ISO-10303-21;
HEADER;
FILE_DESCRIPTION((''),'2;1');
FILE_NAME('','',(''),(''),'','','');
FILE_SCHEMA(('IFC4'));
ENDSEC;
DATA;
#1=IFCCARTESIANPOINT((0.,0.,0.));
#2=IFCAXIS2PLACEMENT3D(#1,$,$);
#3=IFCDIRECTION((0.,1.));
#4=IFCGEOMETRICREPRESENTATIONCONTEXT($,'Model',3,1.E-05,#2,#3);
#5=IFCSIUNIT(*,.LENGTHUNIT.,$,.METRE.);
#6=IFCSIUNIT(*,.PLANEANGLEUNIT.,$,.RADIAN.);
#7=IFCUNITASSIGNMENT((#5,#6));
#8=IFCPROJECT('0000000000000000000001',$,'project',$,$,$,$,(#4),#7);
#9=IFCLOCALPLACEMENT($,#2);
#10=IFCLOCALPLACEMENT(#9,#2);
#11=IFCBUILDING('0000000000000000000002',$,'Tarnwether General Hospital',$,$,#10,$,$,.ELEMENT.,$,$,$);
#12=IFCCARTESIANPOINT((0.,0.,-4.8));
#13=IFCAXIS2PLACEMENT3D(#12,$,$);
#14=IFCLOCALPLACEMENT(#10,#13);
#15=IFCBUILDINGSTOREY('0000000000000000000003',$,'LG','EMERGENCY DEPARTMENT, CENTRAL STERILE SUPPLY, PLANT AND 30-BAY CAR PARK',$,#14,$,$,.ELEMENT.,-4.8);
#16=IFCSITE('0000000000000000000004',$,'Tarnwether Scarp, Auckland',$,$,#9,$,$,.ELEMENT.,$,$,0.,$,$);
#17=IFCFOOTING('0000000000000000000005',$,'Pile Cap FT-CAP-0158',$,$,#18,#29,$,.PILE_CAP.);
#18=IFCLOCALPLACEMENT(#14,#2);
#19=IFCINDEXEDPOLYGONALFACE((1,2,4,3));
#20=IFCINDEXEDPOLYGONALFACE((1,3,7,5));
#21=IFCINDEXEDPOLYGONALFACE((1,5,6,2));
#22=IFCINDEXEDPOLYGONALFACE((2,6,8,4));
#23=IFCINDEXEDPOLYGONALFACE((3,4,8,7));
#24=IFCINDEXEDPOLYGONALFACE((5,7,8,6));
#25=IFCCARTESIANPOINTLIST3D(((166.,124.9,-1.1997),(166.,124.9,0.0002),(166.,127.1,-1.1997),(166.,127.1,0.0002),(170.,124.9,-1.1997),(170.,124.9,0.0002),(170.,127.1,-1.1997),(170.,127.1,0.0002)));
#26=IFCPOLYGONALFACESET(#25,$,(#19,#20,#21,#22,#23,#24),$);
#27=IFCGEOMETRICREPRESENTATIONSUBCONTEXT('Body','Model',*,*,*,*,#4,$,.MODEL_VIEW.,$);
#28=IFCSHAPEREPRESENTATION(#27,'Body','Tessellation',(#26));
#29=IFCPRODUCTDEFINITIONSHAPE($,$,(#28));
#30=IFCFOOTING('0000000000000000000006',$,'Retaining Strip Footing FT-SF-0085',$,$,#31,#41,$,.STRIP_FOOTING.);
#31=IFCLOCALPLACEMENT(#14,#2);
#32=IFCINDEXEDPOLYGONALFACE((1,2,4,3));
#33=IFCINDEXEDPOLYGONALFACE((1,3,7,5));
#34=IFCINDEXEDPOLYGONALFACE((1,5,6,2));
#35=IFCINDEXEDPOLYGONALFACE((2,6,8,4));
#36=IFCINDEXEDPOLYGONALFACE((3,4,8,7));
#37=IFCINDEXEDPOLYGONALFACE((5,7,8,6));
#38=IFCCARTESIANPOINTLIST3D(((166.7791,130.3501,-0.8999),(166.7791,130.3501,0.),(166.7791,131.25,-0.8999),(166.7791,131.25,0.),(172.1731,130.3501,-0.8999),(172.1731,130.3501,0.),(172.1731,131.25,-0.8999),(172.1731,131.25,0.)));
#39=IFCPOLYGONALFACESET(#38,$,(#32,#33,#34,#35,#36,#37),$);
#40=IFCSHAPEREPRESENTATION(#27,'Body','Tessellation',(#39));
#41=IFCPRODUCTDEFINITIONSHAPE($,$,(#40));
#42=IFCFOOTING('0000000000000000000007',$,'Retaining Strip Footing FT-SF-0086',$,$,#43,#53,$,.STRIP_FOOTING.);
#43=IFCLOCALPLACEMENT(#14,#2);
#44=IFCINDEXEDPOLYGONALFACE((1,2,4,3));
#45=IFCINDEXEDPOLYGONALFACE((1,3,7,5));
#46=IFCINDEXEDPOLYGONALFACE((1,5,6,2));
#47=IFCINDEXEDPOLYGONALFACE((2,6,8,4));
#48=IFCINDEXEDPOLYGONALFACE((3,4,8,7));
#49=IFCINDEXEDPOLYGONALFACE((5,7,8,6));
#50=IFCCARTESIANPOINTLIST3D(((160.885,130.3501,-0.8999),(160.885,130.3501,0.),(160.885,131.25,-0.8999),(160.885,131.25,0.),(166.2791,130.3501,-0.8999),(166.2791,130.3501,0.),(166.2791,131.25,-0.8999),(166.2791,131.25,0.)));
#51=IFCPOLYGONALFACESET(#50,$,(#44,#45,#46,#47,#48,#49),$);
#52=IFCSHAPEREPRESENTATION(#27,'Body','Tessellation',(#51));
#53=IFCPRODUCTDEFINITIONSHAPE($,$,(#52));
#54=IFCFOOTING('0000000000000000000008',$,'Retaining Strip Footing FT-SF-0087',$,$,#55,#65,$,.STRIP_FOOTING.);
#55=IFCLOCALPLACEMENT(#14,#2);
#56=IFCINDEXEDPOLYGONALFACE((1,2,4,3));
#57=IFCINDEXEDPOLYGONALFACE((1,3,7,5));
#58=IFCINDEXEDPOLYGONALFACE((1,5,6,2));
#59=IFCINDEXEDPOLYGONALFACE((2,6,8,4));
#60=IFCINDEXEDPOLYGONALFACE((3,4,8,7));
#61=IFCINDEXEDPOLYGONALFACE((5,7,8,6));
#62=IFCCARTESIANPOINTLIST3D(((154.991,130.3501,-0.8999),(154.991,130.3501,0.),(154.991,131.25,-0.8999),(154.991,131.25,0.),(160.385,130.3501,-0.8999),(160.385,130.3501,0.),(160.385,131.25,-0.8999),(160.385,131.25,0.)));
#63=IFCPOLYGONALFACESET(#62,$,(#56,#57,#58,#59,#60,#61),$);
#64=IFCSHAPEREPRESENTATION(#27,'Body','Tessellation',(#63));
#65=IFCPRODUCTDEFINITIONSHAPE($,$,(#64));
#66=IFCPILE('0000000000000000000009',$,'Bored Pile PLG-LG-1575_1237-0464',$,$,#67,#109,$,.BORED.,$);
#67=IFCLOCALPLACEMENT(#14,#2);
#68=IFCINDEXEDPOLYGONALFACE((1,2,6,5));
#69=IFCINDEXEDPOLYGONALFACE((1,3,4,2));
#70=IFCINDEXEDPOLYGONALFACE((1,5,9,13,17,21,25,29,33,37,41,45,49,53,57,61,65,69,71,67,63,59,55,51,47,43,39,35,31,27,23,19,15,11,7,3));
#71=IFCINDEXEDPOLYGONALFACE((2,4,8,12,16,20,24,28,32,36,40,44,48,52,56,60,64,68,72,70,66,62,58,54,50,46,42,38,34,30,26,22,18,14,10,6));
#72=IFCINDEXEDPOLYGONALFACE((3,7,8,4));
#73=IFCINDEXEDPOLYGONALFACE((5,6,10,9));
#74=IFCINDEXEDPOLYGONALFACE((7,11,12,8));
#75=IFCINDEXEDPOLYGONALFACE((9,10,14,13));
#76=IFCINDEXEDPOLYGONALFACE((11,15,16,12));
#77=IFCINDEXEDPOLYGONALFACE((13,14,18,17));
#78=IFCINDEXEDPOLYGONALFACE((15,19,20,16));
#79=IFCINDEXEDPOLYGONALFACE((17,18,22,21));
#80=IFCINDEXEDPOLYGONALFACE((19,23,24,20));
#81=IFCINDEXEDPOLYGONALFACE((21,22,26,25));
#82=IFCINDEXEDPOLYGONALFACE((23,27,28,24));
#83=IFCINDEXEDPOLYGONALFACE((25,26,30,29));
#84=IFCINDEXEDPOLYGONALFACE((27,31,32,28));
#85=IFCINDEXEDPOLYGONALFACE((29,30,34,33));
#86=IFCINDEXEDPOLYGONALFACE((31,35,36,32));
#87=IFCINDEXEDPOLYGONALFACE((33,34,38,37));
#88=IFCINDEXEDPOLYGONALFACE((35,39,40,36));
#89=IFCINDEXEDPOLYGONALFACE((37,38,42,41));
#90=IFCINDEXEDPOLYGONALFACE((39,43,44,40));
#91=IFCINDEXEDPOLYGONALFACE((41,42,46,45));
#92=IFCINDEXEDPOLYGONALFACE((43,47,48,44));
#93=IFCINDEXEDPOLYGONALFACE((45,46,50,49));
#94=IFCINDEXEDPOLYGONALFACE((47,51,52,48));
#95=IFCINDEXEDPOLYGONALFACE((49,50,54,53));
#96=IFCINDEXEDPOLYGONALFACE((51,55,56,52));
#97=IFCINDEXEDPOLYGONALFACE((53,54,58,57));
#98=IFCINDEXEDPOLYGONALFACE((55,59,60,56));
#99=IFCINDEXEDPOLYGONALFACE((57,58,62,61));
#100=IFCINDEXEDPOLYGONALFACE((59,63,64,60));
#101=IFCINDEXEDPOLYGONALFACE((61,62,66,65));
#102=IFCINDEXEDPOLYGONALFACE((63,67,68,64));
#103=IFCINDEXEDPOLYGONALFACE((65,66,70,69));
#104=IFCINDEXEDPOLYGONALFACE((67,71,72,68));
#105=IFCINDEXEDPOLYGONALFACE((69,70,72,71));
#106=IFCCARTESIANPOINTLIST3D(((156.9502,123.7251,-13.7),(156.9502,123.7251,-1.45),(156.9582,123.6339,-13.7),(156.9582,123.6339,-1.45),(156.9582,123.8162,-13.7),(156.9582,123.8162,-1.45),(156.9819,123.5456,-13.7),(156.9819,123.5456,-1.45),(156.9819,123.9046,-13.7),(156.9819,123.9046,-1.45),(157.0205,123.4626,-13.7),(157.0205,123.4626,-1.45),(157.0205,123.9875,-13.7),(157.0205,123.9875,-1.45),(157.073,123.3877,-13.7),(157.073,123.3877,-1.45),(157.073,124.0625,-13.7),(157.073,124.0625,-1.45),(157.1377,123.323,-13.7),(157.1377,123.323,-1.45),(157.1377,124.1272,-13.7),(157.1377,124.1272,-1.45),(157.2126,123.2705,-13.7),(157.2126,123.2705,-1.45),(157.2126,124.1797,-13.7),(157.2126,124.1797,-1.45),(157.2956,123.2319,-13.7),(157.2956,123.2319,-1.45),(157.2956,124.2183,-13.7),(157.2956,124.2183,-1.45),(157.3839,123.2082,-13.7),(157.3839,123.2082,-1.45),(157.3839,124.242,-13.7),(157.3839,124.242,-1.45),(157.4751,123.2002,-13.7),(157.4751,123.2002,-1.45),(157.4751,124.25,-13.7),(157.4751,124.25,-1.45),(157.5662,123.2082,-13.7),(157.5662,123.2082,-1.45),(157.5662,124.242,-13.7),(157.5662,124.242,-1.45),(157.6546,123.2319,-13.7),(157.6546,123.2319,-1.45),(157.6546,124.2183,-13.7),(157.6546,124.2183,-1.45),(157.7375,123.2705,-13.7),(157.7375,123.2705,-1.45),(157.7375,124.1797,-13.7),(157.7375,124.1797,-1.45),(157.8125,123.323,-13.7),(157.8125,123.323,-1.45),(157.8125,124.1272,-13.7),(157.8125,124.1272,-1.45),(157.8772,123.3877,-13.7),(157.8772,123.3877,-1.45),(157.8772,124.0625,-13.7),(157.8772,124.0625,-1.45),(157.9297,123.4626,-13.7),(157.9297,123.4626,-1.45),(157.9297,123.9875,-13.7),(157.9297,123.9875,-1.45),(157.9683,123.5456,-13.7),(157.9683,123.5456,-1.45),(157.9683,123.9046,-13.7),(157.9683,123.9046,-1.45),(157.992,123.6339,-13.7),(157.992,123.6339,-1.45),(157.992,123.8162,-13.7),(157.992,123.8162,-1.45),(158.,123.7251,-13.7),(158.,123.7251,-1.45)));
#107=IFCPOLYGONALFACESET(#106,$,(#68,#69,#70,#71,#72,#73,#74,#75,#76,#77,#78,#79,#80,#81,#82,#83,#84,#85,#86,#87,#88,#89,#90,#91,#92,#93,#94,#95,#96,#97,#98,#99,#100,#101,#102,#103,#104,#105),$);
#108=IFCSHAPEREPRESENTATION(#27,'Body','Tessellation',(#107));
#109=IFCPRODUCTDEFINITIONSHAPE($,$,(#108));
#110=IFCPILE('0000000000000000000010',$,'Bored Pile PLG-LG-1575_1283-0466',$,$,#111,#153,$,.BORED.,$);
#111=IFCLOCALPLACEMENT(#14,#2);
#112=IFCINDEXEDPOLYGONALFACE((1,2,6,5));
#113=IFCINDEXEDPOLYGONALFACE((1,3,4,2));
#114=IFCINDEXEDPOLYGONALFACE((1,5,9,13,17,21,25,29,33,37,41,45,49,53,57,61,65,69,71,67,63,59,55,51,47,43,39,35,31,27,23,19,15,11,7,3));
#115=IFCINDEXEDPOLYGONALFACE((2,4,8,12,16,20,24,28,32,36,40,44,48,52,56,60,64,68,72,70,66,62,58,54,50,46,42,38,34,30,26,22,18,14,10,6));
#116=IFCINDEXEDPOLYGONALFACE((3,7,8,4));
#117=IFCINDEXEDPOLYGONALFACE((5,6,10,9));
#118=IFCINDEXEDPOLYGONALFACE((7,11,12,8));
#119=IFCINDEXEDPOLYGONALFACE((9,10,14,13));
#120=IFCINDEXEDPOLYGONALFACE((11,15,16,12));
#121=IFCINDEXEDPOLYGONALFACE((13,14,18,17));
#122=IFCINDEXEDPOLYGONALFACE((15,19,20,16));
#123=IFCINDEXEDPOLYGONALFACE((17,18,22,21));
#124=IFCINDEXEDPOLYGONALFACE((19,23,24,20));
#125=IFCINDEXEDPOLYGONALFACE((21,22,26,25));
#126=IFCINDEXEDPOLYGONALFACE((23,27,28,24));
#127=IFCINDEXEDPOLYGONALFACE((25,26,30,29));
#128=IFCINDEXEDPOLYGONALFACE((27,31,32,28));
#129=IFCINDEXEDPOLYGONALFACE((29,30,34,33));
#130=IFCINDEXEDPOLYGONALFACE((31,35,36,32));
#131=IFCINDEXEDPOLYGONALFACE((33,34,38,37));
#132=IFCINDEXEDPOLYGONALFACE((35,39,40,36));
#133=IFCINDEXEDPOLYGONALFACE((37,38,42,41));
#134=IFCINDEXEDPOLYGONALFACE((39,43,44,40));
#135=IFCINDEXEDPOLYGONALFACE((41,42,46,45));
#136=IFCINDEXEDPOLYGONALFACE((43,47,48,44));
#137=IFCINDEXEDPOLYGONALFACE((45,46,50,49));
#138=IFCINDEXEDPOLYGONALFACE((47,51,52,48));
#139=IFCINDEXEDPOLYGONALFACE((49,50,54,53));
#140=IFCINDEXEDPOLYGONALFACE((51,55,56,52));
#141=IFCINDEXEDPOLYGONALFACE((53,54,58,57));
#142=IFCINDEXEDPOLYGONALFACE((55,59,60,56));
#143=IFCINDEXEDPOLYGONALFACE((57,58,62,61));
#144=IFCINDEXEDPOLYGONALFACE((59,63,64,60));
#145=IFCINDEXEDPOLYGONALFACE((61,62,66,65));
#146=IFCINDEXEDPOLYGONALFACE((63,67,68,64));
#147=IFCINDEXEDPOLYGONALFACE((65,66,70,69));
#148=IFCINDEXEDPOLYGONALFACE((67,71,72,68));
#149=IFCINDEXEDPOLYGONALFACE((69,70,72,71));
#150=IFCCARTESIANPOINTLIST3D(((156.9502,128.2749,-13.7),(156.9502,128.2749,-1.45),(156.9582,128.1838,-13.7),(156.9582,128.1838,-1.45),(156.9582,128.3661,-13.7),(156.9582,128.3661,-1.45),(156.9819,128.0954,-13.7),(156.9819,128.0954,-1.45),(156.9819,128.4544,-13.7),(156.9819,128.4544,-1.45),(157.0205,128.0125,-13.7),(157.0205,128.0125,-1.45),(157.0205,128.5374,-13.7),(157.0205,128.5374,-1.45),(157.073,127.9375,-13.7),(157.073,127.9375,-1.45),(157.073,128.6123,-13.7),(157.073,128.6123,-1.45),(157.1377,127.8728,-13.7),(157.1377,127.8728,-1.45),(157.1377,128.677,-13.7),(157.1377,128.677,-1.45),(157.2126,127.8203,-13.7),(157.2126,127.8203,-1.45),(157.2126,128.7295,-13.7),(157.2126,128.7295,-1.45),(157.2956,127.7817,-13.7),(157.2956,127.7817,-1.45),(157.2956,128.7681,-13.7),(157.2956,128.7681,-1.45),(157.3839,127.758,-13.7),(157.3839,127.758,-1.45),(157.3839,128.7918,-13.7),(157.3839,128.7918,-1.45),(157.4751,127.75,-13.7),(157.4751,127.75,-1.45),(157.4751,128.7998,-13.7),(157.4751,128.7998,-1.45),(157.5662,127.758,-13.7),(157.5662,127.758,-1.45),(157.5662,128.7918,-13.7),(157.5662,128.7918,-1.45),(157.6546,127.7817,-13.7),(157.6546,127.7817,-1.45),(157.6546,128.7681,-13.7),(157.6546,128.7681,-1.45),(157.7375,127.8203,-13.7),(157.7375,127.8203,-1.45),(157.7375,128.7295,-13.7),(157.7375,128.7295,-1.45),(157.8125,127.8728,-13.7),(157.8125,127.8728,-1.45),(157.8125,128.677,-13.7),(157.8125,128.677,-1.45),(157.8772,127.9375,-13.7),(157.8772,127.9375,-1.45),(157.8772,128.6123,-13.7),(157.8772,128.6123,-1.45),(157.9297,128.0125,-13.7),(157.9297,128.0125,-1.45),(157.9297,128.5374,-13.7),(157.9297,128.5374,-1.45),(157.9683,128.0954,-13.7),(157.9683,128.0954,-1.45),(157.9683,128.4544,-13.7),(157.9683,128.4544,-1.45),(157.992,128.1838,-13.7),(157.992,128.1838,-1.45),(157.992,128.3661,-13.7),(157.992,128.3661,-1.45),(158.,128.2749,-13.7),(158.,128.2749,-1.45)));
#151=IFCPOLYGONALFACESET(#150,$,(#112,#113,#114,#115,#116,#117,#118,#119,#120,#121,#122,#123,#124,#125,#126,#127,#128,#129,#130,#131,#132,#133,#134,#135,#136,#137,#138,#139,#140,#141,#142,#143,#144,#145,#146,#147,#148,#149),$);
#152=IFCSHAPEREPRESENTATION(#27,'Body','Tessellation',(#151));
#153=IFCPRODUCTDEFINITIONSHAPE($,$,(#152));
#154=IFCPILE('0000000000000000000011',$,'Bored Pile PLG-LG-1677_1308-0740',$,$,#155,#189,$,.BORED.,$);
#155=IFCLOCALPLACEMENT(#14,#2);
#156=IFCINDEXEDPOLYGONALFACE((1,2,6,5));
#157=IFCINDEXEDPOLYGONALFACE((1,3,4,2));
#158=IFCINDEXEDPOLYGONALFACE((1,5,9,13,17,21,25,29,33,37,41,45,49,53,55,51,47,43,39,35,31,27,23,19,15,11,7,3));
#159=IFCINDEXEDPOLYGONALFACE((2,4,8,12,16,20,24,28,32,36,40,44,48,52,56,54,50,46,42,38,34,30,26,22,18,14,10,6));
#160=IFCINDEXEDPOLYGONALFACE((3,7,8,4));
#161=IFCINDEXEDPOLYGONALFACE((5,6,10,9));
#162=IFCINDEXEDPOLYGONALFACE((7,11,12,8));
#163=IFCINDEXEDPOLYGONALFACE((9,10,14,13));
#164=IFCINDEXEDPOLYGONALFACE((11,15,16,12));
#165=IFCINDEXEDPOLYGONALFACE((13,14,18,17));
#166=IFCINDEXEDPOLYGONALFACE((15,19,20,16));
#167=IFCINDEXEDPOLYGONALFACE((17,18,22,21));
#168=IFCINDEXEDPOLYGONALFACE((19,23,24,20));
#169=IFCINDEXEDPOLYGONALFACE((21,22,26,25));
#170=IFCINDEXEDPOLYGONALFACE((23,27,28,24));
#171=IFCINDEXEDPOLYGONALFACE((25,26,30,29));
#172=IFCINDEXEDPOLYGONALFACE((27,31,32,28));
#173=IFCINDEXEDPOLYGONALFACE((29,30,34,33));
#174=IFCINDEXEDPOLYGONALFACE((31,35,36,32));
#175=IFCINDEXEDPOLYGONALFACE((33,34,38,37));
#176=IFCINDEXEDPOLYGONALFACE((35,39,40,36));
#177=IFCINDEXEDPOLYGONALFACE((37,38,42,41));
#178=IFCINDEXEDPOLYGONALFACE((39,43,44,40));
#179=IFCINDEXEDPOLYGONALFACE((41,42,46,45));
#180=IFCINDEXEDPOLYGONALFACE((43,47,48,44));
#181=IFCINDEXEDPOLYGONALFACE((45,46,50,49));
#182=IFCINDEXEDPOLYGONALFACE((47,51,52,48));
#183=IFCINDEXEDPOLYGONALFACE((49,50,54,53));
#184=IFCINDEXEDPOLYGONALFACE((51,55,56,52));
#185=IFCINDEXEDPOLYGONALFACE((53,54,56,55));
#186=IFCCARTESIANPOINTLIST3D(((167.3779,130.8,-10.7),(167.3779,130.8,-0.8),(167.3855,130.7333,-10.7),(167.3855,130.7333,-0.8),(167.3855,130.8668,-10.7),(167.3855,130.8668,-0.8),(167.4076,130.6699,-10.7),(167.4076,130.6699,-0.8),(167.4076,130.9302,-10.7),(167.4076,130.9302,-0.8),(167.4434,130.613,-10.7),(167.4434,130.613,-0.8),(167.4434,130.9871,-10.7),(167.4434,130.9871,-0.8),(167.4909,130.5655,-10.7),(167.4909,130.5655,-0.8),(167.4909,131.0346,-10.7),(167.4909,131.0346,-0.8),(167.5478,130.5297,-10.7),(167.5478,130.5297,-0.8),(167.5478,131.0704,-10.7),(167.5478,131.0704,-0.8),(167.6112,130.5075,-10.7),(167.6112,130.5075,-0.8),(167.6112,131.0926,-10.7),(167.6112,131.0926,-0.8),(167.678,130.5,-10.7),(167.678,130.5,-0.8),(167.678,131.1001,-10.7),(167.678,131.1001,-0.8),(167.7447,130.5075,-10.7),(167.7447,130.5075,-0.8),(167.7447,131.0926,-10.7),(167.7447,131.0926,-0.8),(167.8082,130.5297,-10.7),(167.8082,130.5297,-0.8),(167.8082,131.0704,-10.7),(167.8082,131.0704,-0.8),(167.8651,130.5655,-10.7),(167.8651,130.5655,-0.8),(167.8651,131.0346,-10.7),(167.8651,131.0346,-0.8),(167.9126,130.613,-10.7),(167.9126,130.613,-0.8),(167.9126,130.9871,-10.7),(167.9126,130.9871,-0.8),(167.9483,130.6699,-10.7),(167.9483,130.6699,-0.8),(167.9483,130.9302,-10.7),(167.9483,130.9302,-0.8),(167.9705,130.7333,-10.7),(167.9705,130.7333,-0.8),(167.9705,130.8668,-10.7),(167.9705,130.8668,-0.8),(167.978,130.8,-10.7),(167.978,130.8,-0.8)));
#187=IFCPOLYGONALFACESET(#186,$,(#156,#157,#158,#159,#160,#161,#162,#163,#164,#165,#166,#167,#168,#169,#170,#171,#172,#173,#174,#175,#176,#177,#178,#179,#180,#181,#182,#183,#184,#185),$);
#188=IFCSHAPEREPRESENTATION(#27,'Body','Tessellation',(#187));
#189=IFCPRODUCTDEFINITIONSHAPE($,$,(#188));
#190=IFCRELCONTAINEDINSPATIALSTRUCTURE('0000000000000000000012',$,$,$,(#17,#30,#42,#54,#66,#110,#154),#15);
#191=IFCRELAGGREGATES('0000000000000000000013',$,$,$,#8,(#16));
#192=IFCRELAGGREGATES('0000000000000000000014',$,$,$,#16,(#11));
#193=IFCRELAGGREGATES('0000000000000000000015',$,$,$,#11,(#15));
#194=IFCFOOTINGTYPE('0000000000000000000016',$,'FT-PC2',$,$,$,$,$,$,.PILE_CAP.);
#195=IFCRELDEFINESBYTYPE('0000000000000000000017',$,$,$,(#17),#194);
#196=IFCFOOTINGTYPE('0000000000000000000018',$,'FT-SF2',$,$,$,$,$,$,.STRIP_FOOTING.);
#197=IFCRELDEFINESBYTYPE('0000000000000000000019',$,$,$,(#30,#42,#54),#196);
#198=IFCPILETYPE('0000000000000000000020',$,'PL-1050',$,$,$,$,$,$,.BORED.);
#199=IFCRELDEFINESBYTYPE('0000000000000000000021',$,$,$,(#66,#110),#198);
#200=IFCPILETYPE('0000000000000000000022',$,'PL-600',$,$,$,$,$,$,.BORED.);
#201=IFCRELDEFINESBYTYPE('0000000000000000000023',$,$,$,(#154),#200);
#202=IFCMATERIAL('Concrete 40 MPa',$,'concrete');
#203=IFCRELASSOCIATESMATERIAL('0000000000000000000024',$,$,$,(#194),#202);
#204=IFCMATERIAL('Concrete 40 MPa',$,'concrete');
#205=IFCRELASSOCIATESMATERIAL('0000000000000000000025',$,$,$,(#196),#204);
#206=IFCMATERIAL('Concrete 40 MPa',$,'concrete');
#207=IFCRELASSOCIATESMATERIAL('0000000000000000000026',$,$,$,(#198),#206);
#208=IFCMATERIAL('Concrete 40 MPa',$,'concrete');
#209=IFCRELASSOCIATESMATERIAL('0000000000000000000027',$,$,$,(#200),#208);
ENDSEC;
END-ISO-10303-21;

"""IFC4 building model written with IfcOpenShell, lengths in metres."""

from ifc_helpers import new_model, si_unit, direction, frame, origin, origin_2d, place, context, subcontext, project, spatial, rectangle, circle, extrude, material, material_profile, profile_set, type_object, element, save


model = new_model("IFC4")

# Units and contexts
model_context = context("Model", 3, precision=1e-05, world=origin(), true_north=direction((0.0, 1.0)))
body_context = subcontext(model_context, "Body", "Model", "MODEL_VIEW")
ifc_project = project(units=[si_unit("LENGTHUNIT", "METRE"), si_unit("PLANEANGLEUNIT", "RADIAN")], contexts=[model_context])

# Site, building, storey
site_placement = place(None, origin())
site = spatial("IfcSite", under=ifc_project, at=site_placement, Name="Tarnwether Scarp, Auckland", CompositionType="ELEMENT", RefElevation=0.0)
building_placement = place(site_placement, origin())
building = spatial("IfcBuilding", under=site, at=building_placement, Name="Tarnwether General Hospital", CompositionType="ELEMENT")
storey_placement = place(building_placement, frame((0.0, 0.0, -4.8)))
storey = spatial("IfcBuildingStorey", under=building, at=storey_placement, Name="LG", Description="EMERGENCY DEPARTMENT, CENTRAL STERILE SUPPLY, PLANT AND 30-BAY CAR PARK", CompositionType="ELEMENT", Elevation=-4.8)

# Footings
ifc_material_1 = material(Name="Concrete 40 MPa", Category="concrete")
footing_type_1 = type_object("IfcFootingType", Name="FT-PC2", PredefinedType="PILE_CAP", material=ifc_material_1)
footing_placement = place(storey_placement, frame((168.0, 126.0, -1.1997), z_axis=(0.0, 0.0, 1.0), x_axis=(1.0, 0.0, 0.0)))
element("IfcFooting", 1, at=footing_placement, inside=storey, type_object=footing_type_1, Name="Pile Cap FT-CAP-0158", PredefinedType="PILE_CAP", context=body_context, shape_type="SweptSolid", body=[
    extrude(rectangle(XDim=4.0, YDim=2.2, at=origin_2d()), origin(), (0.0, 0.0, 1.0), 1.2),
])
ifc_material_2 = material(Name="Concrete 40 MPa", Category="concrete")
footing_type_2 = type_object("IfcFootingType", Name="FT-SF2", PredefinedType="STRIP_FOOTING", material=ifc_material_2)
for number, where, z_axis, x_axis, name in (
    (2, (169.4761, 130.8, -0.8999), (0.0, 0.0, 1.0), (-1.0, 0.0, 0.0), "Retaining Strip Footing FT-SF-0085"),
    (3, (163.582, 130.8, -0.8999), (0.0, 0.0, 1.0), (-1.0, 0.0, 0.0), "Retaining Strip Footing FT-SF-0086"),
    (4, (157.688, 130.8, -0.8999), (0.0, 0.0, 1.0), (-1.0, 0.0, 0.0), "Retaining Strip Footing FT-SF-0087"),
):
    element("IfcFooting", number, at=place(storey_placement, frame(where, z_axis=z_axis, x_axis=x_axis)), inside=storey, type_object=footing_type_2, Name=name, PredefinedType="STRIP_FOOTING", context=body_context, shape_type="SweptSolid", body=[
        extrude(rectangle(XDim=5.394, YDim=0.8999, at=origin_2d()), origin(), (0.0, 0.0, 1.0), 0.8999),
    ])

# Piles
ifc_material_3 = material(Name="Concrete 40 MPa", Category="concrete")
ifc_material_profile_1 = material_profile(ifc_material_3, circle(Radius=0.5249, at=origin_2d()), Name="PILE-D1050")
ifc_profile_set_1 = profile_set([ifc_material_profile_1], Name="Concrete 40 MPa")
pile_type_1 = type_object("IfcPileType", Name="PL-1050", PredefinedType="BORED", material=ifc_profile_set_1)
for number, where, z_axis, x_axis, name in (
    (5, (157.4751, 123.7251, -1.45), (0.0, 0.0, -1.0), (1.0, 0.0, 0.0), "Bored Pile PLG-LG-1575_1237-0464"),
    (6, (157.4751, 128.2749, -1.45), (0.0, 0.0, -1.0), (1.0, 0.0, 0.0), "Bored Pile PLG-LG-1575_1283-0466"),
):
    element("IfcPile", number, at=place(storey_placement, frame(where, z_axis=z_axis, x_axis=x_axis)), inside=storey, type_object=pile_type_1, Name=name, PredefinedType="BORED", context=body_context, shape_type="SweptSolid", body=[
        extrude(circle(Radius=0.5249, at=origin_2d()), origin(), (0.0, 0.0, 1.0), 12.25),
    ])
ifc_material_4 = material(Name="Concrete 40 MPa", Category="concrete")
ifc_material_profile_2 = material_profile(ifc_material_4, circle(Radius=0.3, at=origin_2d()), Name="PILE-D600")
ifc_profile_set_2 = profile_set([ifc_material_profile_2], Name="Concrete 40 MPa")
pile_type_2 = type_object("IfcPileType", Name="PL-600", PredefinedType="BORED", material=ifc_profile_set_2)
for number, where, z_axis, x_axis, name in (
    (7, (167.678, 130.8, -0.8), (0.0, 0.0, -1.0), (1.0, 0.0, 0.0), "Bored Pile PLG-LG-1677_1308-0740"),
):
    element("IfcPile", number, at=place(storey_placement, frame(where, z_axis=z_axis, x_axis=x_axis)), inside=storey, type_object=pile_type_2, Name=name, PredefinedType="BORED", context=body_context, shape_type="SweptSolid", body=[
        extrude(circle(Radius=0.3, at=origin_2d()), origin(), (0.0, 0.0, 1.0), 9.8999),
    ])

save(model, "model.ifc")
